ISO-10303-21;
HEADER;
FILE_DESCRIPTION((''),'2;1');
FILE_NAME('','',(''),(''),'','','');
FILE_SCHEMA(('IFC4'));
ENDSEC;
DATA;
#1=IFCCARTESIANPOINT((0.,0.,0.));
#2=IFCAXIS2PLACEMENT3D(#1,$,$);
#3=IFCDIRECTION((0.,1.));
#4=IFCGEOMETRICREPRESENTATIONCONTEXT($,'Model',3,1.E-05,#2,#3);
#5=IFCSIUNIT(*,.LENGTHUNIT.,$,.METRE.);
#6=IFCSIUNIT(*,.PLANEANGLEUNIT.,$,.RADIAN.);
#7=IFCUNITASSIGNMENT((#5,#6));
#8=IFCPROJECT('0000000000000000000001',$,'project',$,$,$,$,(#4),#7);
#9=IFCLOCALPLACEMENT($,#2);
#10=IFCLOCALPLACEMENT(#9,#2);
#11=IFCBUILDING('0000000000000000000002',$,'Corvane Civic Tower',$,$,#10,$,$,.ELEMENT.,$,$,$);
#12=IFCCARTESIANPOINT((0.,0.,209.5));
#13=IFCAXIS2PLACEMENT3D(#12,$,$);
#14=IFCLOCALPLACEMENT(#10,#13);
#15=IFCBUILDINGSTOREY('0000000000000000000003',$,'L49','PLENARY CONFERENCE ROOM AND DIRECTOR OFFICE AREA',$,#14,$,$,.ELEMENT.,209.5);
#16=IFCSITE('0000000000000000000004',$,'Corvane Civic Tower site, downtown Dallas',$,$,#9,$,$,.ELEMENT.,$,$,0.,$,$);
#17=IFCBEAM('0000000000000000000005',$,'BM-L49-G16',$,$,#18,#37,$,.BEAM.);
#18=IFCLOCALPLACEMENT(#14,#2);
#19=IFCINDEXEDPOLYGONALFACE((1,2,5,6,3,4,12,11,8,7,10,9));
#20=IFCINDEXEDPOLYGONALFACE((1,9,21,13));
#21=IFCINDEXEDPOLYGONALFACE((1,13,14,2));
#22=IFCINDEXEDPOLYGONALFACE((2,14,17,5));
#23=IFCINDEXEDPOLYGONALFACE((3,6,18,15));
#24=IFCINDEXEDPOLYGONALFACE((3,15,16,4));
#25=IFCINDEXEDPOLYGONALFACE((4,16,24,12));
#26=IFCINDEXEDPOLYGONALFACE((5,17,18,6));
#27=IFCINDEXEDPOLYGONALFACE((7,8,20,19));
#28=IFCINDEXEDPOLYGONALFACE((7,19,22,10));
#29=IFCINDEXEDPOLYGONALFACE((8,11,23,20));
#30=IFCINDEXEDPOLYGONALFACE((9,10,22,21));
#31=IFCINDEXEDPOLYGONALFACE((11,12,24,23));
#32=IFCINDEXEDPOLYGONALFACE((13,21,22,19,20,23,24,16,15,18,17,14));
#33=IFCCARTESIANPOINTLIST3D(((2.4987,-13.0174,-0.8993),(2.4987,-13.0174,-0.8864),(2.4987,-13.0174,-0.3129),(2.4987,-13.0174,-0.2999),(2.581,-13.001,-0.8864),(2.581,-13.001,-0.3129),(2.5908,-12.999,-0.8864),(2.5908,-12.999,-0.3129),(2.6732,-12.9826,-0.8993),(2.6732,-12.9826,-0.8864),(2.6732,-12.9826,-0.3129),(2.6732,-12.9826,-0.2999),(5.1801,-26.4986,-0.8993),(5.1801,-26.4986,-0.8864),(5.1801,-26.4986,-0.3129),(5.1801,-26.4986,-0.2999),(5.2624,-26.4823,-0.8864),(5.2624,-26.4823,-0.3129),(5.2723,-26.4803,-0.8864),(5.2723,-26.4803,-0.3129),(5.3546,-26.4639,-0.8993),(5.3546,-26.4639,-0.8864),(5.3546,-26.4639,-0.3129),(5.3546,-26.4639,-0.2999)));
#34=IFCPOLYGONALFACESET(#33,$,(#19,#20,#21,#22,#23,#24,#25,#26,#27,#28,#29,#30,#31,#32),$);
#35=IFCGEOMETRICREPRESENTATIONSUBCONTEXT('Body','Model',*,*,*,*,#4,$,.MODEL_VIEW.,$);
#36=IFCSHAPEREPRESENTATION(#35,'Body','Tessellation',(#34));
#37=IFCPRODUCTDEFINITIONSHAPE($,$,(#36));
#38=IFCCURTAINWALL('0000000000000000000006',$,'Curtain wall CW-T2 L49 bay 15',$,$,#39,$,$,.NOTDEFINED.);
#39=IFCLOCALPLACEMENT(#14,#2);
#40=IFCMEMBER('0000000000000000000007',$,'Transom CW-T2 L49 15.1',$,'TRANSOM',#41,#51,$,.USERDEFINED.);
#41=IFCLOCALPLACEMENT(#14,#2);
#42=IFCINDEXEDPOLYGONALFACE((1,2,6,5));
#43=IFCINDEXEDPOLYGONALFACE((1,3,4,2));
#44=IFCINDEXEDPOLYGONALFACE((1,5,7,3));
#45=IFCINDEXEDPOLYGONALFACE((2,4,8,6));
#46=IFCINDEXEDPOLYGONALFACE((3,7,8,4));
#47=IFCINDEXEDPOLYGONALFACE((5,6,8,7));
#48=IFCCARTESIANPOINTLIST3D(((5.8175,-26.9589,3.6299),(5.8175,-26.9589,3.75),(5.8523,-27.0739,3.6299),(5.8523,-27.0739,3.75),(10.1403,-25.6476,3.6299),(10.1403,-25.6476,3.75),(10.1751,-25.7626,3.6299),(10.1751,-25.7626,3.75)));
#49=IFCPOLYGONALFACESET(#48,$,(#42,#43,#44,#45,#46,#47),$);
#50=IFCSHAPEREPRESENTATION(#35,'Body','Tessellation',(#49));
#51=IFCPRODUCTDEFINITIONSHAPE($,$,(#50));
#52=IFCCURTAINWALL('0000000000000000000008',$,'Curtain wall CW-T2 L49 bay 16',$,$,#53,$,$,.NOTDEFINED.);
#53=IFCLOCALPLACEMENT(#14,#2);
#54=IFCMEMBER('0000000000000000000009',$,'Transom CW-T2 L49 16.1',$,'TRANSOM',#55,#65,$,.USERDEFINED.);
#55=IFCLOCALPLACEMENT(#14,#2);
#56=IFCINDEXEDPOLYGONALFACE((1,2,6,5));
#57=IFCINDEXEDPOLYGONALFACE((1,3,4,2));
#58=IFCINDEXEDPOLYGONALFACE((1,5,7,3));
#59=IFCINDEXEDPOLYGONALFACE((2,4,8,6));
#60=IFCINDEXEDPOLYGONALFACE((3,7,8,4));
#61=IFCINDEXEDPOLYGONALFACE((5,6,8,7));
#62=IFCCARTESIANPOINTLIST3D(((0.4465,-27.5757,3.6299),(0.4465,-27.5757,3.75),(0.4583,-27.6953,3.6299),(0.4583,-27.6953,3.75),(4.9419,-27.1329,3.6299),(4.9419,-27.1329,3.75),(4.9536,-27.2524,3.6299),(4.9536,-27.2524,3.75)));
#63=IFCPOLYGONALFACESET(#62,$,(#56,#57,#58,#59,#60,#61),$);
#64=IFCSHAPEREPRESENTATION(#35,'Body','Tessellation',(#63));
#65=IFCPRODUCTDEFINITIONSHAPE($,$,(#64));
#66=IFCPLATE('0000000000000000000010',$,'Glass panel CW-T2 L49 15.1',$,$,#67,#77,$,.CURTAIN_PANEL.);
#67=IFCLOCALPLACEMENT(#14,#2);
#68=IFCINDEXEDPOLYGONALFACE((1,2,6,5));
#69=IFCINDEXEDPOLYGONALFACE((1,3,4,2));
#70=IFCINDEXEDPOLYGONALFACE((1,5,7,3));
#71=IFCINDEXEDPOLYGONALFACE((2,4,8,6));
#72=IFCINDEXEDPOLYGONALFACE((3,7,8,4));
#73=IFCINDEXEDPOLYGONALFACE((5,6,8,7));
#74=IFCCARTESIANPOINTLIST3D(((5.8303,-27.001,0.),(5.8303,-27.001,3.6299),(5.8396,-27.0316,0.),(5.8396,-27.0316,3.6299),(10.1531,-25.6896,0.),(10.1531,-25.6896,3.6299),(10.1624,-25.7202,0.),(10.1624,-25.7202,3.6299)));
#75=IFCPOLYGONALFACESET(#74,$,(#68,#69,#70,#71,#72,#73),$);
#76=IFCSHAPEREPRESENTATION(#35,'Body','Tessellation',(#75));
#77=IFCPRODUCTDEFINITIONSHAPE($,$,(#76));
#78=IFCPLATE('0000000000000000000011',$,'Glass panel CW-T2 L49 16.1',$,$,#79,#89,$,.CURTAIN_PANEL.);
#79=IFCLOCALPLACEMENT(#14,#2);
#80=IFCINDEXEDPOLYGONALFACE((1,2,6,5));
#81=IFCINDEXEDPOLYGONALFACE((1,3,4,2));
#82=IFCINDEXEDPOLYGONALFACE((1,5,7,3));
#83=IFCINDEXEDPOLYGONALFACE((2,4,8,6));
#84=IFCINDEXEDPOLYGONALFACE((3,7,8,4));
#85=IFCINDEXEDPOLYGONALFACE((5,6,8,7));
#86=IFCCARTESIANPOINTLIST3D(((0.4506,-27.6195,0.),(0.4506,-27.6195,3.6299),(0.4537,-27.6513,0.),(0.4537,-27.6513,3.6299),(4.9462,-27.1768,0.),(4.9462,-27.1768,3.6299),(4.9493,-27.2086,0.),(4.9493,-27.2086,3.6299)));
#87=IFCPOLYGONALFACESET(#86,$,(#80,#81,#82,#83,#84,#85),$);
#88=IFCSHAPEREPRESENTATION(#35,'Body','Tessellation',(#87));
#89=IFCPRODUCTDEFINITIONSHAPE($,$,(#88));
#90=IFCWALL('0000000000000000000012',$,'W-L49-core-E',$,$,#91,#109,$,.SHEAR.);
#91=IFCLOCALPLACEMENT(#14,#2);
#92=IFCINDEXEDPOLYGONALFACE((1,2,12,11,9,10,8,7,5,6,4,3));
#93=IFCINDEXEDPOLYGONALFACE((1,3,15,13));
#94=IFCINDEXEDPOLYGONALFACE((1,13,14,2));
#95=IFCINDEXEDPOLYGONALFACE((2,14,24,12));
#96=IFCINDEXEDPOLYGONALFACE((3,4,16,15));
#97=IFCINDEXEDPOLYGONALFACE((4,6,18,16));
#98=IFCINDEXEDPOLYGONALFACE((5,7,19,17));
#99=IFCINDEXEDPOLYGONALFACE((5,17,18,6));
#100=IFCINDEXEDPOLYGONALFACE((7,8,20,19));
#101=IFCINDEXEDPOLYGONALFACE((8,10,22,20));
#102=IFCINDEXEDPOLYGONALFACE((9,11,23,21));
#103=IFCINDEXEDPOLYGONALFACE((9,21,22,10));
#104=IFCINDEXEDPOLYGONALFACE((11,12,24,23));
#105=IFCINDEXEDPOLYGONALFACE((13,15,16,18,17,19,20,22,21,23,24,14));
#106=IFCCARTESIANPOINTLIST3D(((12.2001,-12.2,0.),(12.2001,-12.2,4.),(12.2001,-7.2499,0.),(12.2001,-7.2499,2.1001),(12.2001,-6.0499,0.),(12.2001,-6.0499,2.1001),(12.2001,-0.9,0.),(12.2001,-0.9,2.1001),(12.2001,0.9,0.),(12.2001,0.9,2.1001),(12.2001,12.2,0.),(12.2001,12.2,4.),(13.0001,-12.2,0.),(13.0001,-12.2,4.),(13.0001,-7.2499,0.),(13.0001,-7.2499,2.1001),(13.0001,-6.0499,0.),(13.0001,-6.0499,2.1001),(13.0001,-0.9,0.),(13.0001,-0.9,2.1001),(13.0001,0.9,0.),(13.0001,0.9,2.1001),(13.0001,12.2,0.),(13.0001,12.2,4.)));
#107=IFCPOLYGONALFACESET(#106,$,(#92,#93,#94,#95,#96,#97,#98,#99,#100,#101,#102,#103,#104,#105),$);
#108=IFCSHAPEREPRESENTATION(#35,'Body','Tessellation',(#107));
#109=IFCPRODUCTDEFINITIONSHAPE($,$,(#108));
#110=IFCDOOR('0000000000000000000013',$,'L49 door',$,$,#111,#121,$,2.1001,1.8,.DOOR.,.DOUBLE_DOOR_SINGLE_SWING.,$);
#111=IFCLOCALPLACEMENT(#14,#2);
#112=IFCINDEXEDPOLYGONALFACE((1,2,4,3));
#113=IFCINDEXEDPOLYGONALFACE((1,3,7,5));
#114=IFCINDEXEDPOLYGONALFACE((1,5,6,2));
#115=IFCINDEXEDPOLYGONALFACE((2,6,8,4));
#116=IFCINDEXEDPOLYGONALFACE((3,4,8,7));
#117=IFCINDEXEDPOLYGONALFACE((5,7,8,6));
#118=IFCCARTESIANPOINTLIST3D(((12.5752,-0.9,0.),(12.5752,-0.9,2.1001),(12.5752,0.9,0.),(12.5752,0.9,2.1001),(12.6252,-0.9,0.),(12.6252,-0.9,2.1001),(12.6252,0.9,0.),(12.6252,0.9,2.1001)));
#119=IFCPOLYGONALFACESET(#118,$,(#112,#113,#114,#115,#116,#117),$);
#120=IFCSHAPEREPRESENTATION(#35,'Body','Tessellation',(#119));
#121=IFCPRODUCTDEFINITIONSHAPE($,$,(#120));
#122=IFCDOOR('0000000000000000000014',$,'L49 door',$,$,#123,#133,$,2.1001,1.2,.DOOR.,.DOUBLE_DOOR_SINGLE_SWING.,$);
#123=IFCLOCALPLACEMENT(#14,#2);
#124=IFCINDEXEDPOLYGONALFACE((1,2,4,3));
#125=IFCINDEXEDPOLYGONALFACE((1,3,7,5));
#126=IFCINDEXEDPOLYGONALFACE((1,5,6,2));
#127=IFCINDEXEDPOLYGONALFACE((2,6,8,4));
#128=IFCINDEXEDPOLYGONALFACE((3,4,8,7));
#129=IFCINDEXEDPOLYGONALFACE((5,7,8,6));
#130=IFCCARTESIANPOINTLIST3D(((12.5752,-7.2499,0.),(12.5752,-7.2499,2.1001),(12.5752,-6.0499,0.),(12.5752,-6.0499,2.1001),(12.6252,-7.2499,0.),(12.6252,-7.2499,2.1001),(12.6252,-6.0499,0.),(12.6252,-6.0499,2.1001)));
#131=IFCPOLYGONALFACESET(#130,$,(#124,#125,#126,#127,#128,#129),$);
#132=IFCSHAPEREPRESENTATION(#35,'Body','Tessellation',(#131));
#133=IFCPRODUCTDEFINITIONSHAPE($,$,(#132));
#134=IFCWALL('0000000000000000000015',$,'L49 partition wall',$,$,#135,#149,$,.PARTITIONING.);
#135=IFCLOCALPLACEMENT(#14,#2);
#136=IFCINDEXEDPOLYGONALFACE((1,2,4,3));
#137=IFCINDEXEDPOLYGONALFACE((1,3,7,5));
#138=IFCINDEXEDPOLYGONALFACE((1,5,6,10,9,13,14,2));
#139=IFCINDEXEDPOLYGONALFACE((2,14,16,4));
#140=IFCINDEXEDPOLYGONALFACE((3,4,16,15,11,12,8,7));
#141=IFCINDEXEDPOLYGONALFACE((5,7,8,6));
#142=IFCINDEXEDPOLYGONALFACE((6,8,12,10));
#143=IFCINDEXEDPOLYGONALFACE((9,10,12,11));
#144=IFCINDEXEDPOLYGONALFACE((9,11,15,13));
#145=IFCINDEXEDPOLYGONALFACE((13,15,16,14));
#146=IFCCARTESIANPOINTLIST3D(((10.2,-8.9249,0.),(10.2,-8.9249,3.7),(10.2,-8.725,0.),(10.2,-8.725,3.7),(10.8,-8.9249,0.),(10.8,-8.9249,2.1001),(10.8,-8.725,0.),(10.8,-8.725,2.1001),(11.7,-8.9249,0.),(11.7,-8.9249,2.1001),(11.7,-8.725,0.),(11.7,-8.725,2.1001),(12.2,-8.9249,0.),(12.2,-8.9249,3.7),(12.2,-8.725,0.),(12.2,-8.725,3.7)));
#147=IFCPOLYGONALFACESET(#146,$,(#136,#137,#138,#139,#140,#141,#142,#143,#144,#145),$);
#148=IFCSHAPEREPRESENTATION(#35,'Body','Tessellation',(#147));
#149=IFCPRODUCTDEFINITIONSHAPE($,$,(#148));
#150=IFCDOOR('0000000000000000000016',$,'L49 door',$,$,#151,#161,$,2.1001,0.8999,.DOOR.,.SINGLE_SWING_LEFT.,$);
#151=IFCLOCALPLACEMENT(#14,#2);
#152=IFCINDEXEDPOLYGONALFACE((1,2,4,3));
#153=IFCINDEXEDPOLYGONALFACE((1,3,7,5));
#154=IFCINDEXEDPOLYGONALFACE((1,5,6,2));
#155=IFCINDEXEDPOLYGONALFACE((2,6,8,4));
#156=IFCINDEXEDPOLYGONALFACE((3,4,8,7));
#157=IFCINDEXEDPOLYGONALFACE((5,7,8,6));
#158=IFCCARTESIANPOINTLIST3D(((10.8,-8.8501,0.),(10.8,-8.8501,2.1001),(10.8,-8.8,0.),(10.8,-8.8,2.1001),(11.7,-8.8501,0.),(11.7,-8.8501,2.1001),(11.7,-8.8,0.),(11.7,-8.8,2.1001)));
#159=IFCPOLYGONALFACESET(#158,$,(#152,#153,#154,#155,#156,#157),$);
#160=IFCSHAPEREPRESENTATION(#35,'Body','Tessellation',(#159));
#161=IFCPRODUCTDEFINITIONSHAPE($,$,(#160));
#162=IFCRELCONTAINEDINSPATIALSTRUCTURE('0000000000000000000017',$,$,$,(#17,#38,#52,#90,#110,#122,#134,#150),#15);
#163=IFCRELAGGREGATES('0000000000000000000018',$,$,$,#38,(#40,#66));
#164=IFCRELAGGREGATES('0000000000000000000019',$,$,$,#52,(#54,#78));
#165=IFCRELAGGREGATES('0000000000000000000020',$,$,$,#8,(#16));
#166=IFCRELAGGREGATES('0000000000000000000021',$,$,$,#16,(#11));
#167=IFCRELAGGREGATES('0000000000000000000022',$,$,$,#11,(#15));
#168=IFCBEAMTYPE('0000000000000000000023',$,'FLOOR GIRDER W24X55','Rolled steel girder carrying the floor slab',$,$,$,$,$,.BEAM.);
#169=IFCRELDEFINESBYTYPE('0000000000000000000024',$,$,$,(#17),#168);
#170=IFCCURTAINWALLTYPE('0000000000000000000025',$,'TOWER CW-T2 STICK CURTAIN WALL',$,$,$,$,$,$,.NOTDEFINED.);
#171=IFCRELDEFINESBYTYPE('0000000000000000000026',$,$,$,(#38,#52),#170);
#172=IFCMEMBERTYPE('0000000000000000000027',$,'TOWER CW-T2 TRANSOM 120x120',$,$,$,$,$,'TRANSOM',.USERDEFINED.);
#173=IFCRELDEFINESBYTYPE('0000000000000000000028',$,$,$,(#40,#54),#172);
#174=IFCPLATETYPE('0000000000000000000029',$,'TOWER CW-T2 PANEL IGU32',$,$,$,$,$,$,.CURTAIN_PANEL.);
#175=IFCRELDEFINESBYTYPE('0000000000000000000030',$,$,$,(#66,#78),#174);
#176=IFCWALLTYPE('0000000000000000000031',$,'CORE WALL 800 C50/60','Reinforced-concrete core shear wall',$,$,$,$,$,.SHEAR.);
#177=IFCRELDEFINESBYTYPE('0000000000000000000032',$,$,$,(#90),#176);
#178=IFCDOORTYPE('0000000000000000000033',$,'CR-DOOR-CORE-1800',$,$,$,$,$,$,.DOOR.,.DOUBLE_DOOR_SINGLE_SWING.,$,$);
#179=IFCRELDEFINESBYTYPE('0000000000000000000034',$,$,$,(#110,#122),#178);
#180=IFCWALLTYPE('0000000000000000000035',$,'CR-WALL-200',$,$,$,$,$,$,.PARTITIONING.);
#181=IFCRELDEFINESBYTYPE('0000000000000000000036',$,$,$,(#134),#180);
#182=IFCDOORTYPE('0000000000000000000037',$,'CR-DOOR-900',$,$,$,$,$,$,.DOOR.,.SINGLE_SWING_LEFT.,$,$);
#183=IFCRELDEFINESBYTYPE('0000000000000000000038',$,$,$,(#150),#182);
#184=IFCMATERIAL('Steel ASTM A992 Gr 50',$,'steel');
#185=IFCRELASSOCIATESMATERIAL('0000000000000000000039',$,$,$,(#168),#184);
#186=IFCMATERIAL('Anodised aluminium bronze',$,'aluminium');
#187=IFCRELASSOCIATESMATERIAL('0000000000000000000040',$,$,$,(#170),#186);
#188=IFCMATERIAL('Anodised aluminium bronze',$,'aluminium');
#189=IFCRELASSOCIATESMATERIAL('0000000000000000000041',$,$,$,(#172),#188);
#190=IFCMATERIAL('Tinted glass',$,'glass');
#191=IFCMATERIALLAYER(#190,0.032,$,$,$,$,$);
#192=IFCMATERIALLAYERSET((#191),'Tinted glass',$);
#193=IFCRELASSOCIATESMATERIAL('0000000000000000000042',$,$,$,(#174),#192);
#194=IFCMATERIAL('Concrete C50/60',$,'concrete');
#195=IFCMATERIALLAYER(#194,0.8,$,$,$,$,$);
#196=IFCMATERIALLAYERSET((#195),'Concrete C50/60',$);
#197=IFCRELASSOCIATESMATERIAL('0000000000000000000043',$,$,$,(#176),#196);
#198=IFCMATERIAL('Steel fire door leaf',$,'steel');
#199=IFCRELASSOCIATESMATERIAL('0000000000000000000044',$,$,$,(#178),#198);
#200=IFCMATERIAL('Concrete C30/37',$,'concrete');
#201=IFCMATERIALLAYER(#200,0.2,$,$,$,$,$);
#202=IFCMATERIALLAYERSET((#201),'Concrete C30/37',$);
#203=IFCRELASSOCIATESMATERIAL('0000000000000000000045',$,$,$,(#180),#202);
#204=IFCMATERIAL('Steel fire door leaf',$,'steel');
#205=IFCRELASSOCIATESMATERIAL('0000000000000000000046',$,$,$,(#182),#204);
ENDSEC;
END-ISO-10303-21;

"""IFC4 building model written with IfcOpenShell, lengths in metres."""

from ifc_helpers import new_model, si_unit, direction, frame, frame_2d, origin, origin_2d, place, context, subcontext, project, spatial, rectangle, i_section, extrude, material, layer, layer_set, material_profile, profile_set, type_object, element, fill, aggregate, save


model = new_model("IFC4")

# Units and contexts
model_context = context("Model", 3, precision=1e-05, world=origin(), true_north=direction((0.0, 1.0)))
body_context = subcontext(model_context, "Body", "Model", "MODEL_VIEW")
ifc_project = project(units=[si_unit("LENGTHUNIT", "METRE"), si_unit("PLANEANGLEUNIT", "RADIAN")], contexts=[model_context])

# Site, building, storey
site_placement = place(None, origin())
site = spatial("IfcSite", under=ifc_project, at=site_placement, Name="Corvane Civic Tower site, downtown Dallas", CompositionType="ELEMENT", RefElevation=0.0)
building_placement = place(site_placement, origin())
building = spatial("IfcBuilding", under=site, at=building_placement, Name="Corvane Civic Tower", CompositionType="ELEMENT")
storey_placement = place(building_placement, frame((0.0, 0.0, 209.5)))
storey = spatial("IfcBuildingStorey", under=building, at=storey_placement, Name="L49", Description="PLENARY CONFERENCE ROOM AND DIRECTOR OFFICE AREA", CompositionType="ELEMENT", Elevation=209.5)

# Beam
ifc_material_1 = material(Name="Steel ASTM A992 Gr 50", Category="steel")
ifc_material_profile_1 = material_profile(ifc_material_1, i_section(OverallWidth=0.178, OverallDepth=0.5994, WebThickness=0.01, FlangeThickness=0.0129, at=origin_2d()), Name="W24X55")
ifc_profile_set_1 = profile_set([ifc_material_profile_1], Name="Steel ASTM A992 Gr 50")
beam_type_1 = type_object("IfcBeamType", Name="FLOOR GIRDER W24X55", Description="Rolled steel girder carrying the floor slab", PredefinedType="BEAM", material=ifc_profile_set_1)
beam_1_placement = place(storey_placement, frame((2.5859, -13.0, -0.5996), z_axis=(0.195078, -0.980788, 0.0), x_axis=(0.980788, 0.195078, 0.0)))
element("IfcBeam", 1, at=beam_1_placement, inside=storey, type_object=beam_type_1, Name="BM-L49-G16", PredefinedType="BEAM", context=body_context, shape_type="SweptSolid", body=[
    extrude(i_section(OverallWidth=0.178, OverallDepth=0.5994, WebThickness=0.01, FlangeThickness=0.0129, at=origin_2d()), origin(), (0.0, 0.0, 1.0), 13.7454),
])

# Curtain walls, members
ifc_material_2 = material(Name="Anodised aluminium bronze", Category="aluminium")
curtain_wall_type = type_object("IfcCurtainWallType", Name="TOWER CW-T2 STICK CURTAIN WALL", PredefinedType="NOTDEFINED", material=ifc_material_2)
curtain_wall_1_placement = place(storey_placement, origin())
curtain_wall_1 = element("IfcCurtainWall", 2, at=curtain_wall_1_placement, inside=storey, type_object=curtain_wall_type, Name="Curtain wall CW-T2 L49 bay 15", PredefinedType="NOTDEFINED")
ifc_material_3 = material(Name="Anodised aluminium bronze", Category="aluminium")
ifc_material_profile_2 = material_profile(ifc_material_3, rectangle(XDim=0.1201, YDim=0.1201, at=origin_2d()), Name="TOWER CW-T2 TRANSOM 120x120")
ifc_profile_set_2 = profile_set([ifc_material_profile_2], Name="Anodised aluminium bronze")
member_type = type_object("IfcMemberType", Name="TOWER CW-T2 TRANSOM 120x120", ElementType="TRANSOM", PredefinedType="USERDEFINED", material=ifc_profile_set_2)
member_1_placement = place(storey_placement, frame((10.1577, -25.7051, 3.6899), z_axis=(-0.956941, -0.290282, 0.0), x_axis=(0.290282, -0.956941, 0.0)))
member_1 = element("IfcMember", 3, at=member_1_placement, type_object=member_type, Name="Transom CW-T2 L49 15.1", ObjectType="TRANSOM", PredefinedType="USERDEFINED", context=body_context, shape_type="SweptSolid", body=[
    extrude(rectangle(XDim=0.1201, YDim=0.1201, at=origin_2d()), origin(), (0.0, 0.0, 1.0), 4.5173),
])
curtain_wall_2_placement = place(storey_placement, origin())
curtain_wall_2 = element("IfcCurtainWall", 4, at=curtain_wall_2_placement, inside=storey, type_object=curtain_wall_type, Name="Curtain wall CW-T2 L49 bay 16", PredefinedType="NOTDEFINED")
member_2_placement = place(storey_placement, frame((4.9478, -27.1926, 3.6899), z_axis=(-0.995182, -0.098043, 0.0), x_axis=(0.098043, -0.995182, 0.0)))
member_2 = element("IfcMember", 5, at=member_2_placement, type_object=member_type, Name="Transom CW-T2 L49 16.1", ObjectType="TRANSOM", PredefinedType="USERDEFINED", context=body_context, shape_type="SweptSolid", body=[
    extrude(rectangle(XDim=0.1201, YDim=0.1201, at=origin_2d()), origin(), (0.0, 0.0, 1.0), 4.5171),
])

# Plates
ifc_material_4 = material(Name="Tinted glass", Category="glass")
ifc_layer_1 = layer(ifc_material_4, 0.032)
ifc_layer_set_1 = layer_set([ifc_layer_1], Name="Tinted glass")
plate_type = type_object("IfcPlateType", Name="TOWER CW-T2 PANEL IGU32", PredefinedType="CURTAIN_PANEL", material=ifc_layer_set_1)
plate_1_placement = place(storey_placement, frame((7.9963, -26.3606, 0.0), z_axis=(0.0, 0.0, 1.0), x_axis=(-0.956939, -0.29029, 0.0)))
plate_1 = element("IfcPlate", 6, at=plate_1_placement, type_object=plate_type, Name="Glass panel CW-T2 L49 15.1", PredefinedType="CURTAIN_PANEL", context=body_context, shape_type="SweptSolid", body=[
    extrude(rectangle(XDim=4.5173, YDim=0.032, at=origin_2d()), origin(), (0.0, 0.0, 1.0), 3.6299),
])
aggregate(curtain_wall_1, [member_1, plate_1])
plate_2_placement = place(storey_placement, frame((2.7, -27.4141, 0.0), z_axis=(0.0, 0.0, 1.0), x_axis=(-0.995187, -0.097993, 0.0)))
plate_2 = element("IfcPlate", 7, at=plate_2_placement, type_object=plate_type, Name="Glass panel CW-T2 L49 16.1", PredefinedType="CURTAIN_PANEL", context=body_context, shape_type="SweptSolid", body=[
    extrude(rectangle(XDim=4.5173, YDim=0.032, at=origin_2d()), origin(), (0.0, 0.0, 1.0), 3.6299),
])
aggregate(curtain_wall_2, [member_2, plate_2])

# Wall, openings, doors
ifc_material_5 = material(Name="Concrete C50/60", Category="concrete")
ifc_layer_2 = layer(ifc_material_5, 0.8)
ifc_layer_set_2 = layer_set([ifc_layer_2], Name="Concrete C50/60")
wall_type_1 = type_object("IfcWallType", Name="CORE WALL 800 C50/60", Description="Reinforced-concrete core shear wall", PredefinedType="SHEAR", material=ifc_layer_set_2)
wall_1_placement = place(storey_placement, frame((12.6001, -12.2, 0.0), z_axis=(0.0, 0.0, 1.0), x_axis=(0.0, 1.0, 0.0)))
wall_1 = element("IfcWall", 8, at=wall_1_placement, inside=storey, type_object=wall_type_1, Name="W-L49-core-E", PredefinedType="SHEAR", context=body_context, shape_type="SweptSolid", body=[
    extrude(rectangle(XDim=24.3999, YDim=0.8, at=frame_2d((12.2, 0.0))), origin(), (0.0, 0.0, 1.0), 4.0),
])
opening_1_placement = place(wall_1_placement, frame((11.3, 0.0, 0.0)))
opening_1 = element("IfcOpeningElement", 9, at=opening_1_placement, cuts=wall_1, PredefinedType="OPENING", context=body_context, shape_type="SweptSolid", body=[
    extrude(rectangle(XDim=1.8, YDim=2.1001, at=frame_2d((0.8999, 1.05))), frame((0.0, 0.4099, 0.0), z_axis=(0.0, -1.0, 0.0), x_axis=(1.0, 0.0, 0.0)), (0.0, 0.0, 1.0), 0.8201),
])
opening_2_placement = place(wall_1_placement, frame((4.95, 0.0, 0.0)))
opening_2 = element("IfcOpeningElement", 10, at=opening_2_placement, cuts=wall_1, PredefinedType="OPENING", context=body_context, shape_type="SweptSolid", body=[
    extrude(rectangle(XDim=1.2, YDim=2.1001, at=frame_2d((0.6001, 1.05))), frame((0.0, 0.4099, 0.0), z_axis=(0.0, -1.0, 0.0), x_axis=(1.0, 0.0, 0.0)), (0.0, 0.0, 1.0), 0.8201),
])
ifc_material_6 = material(Name="Steel fire door leaf", Category="steel")
door_type_1 = type_object("IfcDoorType", Name="CR-DOOR-CORE-1800", OperationType="DOUBLE_DOOR_SINGLE_SWING", PredefinedType="DOOR", material=ifc_material_6)
door_1_placement = place(opening_1_placement, origin())
door_1 = element("IfcDoor", 11, at=door_1_placement, inside=storey, type_object=door_type_1, Name="L49 door", OperationType="DOUBLE_DOOR_SINGLE_SWING", OverallHeight=2.1001, OverallWidth=1.8, PredefinedType="DOOR", context=body_context, shape_type="SweptSolid", body=[
    extrude(rectangle(XDim=1.8, YDim=2.1001, at=frame_2d((0.8999, 1.05))), frame((0.0, 0.0249, 0.0), z_axis=(0.0, -1.0, 0.0), x_axis=(1.0, 0.0, 0.0)), (0.0, 0.0, 1.0), 0.05),
])
fill(opening_1, door_1)
door_2_placement = place(opening_2_placement, origin())
door_2 = element("IfcDoor", 12, at=door_2_placement, inside=storey, type_object=door_type_1, Name="L49 door", OperationType="DOUBLE_DOOR_SINGLE_SWING", OverallHeight=2.1001, OverallWidth=1.2, PredefinedType="DOOR", context=body_context, shape_type="SweptSolid", body=[
    extrude(rectangle(XDim=1.2, YDim=2.1001, at=frame_2d((0.6001, 1.05))), frame((0.0, 0.0249, 0.0), z_axis=(0.0, -1.0, 0.0), x_axis=(1.0, 0.0, 0.0)), (0.0, 0.0, 1.0), 0.05),
])
fill(opening_2, door_2)

# Wall, opening, door
ifc_material_7 = material(Name="Concrete C30/37", Category="concrete")
ifc_layer_3 = layer(ifc_material_7, 0.2)
ifc_layer_set_3 = layer_set([ifc_layer_3], Name="Concrete C30/37")
wall_type_2 = type_object("IfcWallType", Name="CR-WALL-200", PredefinedType="PARTITIONING", material=ifc_layer_set_3)
wall_2_placement = place(storey_placement, frame((10.2, -8.825, 0.0), z_axis=(0.0, 0.0, 1.0), x_axis=(1.0, 0.0, 0.0)))
wall_2 = element("IfcWall", 13, at=wall_2_placement, inside=storey, type_object=wall_type_2, Name="L49 partition wall", PredefinedType="PARTITIONING", context=body_context, shape_type="SweptSolid", body=[
    extrude(rectangle(XDim=2.0, YDim=0.2, at=frame_2d((1.0, 0.0))), origin(), (0.0, 0.0, 1.0), 3.7),
])
opening_3_placement = place(wall_2_placement, frame((0.6001, 0.0, 0.0)))
opening_3 = element("IfcOpeningElement", 14, at=opening_3_placement, cuts=wall_2, PredefinedType="OPENING", context=body_context, shape_type="SweptSolid", body=[
    extrude(rectangle(XDim=0.8999, YDim=2.1001, at=frame_2d((0.45, 1.05))), frame((0.0, 0.1099, 0.0), z_axis=(0.0, -1.0, 0.0), x_axis=(1.0, 0.0, 0.0)), (0.0, 0.0, 1.0), 0.22),
])
ifc_material_8 = material(Name="Steel fire door leaf", Category="steel")
door_type_2 = type_object("IfcDoorType", Name="CR-DOOR-900", OperationType="SINGLE_SWING_LEFT", PredefinedType="DOOR", material=ifc_material_8)
door_3_placement = place(opening_3_placement, origin())
door_3 = element("IfcDoor", 15, at=door_3_placement, inside=storey, type_object=door_type_2, Name="L49 door", OperationType="SINGLE_SWING_LEFT", OverallHeight=2.1001, OverallWidth=0.8999, PredefinedType="DOOR", context=body_context, shape_type="SweptSolid", body=[
    extrude(rectangle(XDim=0.8999, YDim=2.1001, at=frame_2d((0.45, 1.05))), frame((0.0, 0.0249, 0.0), z_axis=(0.0, -1.0, 0.0), x_axis=(1.0, 0.0, 0.0)), (0.0, 0.0, 1.0), 0.05),
])
fill(opening_3, door_3)

save(model, "model.ifc")
